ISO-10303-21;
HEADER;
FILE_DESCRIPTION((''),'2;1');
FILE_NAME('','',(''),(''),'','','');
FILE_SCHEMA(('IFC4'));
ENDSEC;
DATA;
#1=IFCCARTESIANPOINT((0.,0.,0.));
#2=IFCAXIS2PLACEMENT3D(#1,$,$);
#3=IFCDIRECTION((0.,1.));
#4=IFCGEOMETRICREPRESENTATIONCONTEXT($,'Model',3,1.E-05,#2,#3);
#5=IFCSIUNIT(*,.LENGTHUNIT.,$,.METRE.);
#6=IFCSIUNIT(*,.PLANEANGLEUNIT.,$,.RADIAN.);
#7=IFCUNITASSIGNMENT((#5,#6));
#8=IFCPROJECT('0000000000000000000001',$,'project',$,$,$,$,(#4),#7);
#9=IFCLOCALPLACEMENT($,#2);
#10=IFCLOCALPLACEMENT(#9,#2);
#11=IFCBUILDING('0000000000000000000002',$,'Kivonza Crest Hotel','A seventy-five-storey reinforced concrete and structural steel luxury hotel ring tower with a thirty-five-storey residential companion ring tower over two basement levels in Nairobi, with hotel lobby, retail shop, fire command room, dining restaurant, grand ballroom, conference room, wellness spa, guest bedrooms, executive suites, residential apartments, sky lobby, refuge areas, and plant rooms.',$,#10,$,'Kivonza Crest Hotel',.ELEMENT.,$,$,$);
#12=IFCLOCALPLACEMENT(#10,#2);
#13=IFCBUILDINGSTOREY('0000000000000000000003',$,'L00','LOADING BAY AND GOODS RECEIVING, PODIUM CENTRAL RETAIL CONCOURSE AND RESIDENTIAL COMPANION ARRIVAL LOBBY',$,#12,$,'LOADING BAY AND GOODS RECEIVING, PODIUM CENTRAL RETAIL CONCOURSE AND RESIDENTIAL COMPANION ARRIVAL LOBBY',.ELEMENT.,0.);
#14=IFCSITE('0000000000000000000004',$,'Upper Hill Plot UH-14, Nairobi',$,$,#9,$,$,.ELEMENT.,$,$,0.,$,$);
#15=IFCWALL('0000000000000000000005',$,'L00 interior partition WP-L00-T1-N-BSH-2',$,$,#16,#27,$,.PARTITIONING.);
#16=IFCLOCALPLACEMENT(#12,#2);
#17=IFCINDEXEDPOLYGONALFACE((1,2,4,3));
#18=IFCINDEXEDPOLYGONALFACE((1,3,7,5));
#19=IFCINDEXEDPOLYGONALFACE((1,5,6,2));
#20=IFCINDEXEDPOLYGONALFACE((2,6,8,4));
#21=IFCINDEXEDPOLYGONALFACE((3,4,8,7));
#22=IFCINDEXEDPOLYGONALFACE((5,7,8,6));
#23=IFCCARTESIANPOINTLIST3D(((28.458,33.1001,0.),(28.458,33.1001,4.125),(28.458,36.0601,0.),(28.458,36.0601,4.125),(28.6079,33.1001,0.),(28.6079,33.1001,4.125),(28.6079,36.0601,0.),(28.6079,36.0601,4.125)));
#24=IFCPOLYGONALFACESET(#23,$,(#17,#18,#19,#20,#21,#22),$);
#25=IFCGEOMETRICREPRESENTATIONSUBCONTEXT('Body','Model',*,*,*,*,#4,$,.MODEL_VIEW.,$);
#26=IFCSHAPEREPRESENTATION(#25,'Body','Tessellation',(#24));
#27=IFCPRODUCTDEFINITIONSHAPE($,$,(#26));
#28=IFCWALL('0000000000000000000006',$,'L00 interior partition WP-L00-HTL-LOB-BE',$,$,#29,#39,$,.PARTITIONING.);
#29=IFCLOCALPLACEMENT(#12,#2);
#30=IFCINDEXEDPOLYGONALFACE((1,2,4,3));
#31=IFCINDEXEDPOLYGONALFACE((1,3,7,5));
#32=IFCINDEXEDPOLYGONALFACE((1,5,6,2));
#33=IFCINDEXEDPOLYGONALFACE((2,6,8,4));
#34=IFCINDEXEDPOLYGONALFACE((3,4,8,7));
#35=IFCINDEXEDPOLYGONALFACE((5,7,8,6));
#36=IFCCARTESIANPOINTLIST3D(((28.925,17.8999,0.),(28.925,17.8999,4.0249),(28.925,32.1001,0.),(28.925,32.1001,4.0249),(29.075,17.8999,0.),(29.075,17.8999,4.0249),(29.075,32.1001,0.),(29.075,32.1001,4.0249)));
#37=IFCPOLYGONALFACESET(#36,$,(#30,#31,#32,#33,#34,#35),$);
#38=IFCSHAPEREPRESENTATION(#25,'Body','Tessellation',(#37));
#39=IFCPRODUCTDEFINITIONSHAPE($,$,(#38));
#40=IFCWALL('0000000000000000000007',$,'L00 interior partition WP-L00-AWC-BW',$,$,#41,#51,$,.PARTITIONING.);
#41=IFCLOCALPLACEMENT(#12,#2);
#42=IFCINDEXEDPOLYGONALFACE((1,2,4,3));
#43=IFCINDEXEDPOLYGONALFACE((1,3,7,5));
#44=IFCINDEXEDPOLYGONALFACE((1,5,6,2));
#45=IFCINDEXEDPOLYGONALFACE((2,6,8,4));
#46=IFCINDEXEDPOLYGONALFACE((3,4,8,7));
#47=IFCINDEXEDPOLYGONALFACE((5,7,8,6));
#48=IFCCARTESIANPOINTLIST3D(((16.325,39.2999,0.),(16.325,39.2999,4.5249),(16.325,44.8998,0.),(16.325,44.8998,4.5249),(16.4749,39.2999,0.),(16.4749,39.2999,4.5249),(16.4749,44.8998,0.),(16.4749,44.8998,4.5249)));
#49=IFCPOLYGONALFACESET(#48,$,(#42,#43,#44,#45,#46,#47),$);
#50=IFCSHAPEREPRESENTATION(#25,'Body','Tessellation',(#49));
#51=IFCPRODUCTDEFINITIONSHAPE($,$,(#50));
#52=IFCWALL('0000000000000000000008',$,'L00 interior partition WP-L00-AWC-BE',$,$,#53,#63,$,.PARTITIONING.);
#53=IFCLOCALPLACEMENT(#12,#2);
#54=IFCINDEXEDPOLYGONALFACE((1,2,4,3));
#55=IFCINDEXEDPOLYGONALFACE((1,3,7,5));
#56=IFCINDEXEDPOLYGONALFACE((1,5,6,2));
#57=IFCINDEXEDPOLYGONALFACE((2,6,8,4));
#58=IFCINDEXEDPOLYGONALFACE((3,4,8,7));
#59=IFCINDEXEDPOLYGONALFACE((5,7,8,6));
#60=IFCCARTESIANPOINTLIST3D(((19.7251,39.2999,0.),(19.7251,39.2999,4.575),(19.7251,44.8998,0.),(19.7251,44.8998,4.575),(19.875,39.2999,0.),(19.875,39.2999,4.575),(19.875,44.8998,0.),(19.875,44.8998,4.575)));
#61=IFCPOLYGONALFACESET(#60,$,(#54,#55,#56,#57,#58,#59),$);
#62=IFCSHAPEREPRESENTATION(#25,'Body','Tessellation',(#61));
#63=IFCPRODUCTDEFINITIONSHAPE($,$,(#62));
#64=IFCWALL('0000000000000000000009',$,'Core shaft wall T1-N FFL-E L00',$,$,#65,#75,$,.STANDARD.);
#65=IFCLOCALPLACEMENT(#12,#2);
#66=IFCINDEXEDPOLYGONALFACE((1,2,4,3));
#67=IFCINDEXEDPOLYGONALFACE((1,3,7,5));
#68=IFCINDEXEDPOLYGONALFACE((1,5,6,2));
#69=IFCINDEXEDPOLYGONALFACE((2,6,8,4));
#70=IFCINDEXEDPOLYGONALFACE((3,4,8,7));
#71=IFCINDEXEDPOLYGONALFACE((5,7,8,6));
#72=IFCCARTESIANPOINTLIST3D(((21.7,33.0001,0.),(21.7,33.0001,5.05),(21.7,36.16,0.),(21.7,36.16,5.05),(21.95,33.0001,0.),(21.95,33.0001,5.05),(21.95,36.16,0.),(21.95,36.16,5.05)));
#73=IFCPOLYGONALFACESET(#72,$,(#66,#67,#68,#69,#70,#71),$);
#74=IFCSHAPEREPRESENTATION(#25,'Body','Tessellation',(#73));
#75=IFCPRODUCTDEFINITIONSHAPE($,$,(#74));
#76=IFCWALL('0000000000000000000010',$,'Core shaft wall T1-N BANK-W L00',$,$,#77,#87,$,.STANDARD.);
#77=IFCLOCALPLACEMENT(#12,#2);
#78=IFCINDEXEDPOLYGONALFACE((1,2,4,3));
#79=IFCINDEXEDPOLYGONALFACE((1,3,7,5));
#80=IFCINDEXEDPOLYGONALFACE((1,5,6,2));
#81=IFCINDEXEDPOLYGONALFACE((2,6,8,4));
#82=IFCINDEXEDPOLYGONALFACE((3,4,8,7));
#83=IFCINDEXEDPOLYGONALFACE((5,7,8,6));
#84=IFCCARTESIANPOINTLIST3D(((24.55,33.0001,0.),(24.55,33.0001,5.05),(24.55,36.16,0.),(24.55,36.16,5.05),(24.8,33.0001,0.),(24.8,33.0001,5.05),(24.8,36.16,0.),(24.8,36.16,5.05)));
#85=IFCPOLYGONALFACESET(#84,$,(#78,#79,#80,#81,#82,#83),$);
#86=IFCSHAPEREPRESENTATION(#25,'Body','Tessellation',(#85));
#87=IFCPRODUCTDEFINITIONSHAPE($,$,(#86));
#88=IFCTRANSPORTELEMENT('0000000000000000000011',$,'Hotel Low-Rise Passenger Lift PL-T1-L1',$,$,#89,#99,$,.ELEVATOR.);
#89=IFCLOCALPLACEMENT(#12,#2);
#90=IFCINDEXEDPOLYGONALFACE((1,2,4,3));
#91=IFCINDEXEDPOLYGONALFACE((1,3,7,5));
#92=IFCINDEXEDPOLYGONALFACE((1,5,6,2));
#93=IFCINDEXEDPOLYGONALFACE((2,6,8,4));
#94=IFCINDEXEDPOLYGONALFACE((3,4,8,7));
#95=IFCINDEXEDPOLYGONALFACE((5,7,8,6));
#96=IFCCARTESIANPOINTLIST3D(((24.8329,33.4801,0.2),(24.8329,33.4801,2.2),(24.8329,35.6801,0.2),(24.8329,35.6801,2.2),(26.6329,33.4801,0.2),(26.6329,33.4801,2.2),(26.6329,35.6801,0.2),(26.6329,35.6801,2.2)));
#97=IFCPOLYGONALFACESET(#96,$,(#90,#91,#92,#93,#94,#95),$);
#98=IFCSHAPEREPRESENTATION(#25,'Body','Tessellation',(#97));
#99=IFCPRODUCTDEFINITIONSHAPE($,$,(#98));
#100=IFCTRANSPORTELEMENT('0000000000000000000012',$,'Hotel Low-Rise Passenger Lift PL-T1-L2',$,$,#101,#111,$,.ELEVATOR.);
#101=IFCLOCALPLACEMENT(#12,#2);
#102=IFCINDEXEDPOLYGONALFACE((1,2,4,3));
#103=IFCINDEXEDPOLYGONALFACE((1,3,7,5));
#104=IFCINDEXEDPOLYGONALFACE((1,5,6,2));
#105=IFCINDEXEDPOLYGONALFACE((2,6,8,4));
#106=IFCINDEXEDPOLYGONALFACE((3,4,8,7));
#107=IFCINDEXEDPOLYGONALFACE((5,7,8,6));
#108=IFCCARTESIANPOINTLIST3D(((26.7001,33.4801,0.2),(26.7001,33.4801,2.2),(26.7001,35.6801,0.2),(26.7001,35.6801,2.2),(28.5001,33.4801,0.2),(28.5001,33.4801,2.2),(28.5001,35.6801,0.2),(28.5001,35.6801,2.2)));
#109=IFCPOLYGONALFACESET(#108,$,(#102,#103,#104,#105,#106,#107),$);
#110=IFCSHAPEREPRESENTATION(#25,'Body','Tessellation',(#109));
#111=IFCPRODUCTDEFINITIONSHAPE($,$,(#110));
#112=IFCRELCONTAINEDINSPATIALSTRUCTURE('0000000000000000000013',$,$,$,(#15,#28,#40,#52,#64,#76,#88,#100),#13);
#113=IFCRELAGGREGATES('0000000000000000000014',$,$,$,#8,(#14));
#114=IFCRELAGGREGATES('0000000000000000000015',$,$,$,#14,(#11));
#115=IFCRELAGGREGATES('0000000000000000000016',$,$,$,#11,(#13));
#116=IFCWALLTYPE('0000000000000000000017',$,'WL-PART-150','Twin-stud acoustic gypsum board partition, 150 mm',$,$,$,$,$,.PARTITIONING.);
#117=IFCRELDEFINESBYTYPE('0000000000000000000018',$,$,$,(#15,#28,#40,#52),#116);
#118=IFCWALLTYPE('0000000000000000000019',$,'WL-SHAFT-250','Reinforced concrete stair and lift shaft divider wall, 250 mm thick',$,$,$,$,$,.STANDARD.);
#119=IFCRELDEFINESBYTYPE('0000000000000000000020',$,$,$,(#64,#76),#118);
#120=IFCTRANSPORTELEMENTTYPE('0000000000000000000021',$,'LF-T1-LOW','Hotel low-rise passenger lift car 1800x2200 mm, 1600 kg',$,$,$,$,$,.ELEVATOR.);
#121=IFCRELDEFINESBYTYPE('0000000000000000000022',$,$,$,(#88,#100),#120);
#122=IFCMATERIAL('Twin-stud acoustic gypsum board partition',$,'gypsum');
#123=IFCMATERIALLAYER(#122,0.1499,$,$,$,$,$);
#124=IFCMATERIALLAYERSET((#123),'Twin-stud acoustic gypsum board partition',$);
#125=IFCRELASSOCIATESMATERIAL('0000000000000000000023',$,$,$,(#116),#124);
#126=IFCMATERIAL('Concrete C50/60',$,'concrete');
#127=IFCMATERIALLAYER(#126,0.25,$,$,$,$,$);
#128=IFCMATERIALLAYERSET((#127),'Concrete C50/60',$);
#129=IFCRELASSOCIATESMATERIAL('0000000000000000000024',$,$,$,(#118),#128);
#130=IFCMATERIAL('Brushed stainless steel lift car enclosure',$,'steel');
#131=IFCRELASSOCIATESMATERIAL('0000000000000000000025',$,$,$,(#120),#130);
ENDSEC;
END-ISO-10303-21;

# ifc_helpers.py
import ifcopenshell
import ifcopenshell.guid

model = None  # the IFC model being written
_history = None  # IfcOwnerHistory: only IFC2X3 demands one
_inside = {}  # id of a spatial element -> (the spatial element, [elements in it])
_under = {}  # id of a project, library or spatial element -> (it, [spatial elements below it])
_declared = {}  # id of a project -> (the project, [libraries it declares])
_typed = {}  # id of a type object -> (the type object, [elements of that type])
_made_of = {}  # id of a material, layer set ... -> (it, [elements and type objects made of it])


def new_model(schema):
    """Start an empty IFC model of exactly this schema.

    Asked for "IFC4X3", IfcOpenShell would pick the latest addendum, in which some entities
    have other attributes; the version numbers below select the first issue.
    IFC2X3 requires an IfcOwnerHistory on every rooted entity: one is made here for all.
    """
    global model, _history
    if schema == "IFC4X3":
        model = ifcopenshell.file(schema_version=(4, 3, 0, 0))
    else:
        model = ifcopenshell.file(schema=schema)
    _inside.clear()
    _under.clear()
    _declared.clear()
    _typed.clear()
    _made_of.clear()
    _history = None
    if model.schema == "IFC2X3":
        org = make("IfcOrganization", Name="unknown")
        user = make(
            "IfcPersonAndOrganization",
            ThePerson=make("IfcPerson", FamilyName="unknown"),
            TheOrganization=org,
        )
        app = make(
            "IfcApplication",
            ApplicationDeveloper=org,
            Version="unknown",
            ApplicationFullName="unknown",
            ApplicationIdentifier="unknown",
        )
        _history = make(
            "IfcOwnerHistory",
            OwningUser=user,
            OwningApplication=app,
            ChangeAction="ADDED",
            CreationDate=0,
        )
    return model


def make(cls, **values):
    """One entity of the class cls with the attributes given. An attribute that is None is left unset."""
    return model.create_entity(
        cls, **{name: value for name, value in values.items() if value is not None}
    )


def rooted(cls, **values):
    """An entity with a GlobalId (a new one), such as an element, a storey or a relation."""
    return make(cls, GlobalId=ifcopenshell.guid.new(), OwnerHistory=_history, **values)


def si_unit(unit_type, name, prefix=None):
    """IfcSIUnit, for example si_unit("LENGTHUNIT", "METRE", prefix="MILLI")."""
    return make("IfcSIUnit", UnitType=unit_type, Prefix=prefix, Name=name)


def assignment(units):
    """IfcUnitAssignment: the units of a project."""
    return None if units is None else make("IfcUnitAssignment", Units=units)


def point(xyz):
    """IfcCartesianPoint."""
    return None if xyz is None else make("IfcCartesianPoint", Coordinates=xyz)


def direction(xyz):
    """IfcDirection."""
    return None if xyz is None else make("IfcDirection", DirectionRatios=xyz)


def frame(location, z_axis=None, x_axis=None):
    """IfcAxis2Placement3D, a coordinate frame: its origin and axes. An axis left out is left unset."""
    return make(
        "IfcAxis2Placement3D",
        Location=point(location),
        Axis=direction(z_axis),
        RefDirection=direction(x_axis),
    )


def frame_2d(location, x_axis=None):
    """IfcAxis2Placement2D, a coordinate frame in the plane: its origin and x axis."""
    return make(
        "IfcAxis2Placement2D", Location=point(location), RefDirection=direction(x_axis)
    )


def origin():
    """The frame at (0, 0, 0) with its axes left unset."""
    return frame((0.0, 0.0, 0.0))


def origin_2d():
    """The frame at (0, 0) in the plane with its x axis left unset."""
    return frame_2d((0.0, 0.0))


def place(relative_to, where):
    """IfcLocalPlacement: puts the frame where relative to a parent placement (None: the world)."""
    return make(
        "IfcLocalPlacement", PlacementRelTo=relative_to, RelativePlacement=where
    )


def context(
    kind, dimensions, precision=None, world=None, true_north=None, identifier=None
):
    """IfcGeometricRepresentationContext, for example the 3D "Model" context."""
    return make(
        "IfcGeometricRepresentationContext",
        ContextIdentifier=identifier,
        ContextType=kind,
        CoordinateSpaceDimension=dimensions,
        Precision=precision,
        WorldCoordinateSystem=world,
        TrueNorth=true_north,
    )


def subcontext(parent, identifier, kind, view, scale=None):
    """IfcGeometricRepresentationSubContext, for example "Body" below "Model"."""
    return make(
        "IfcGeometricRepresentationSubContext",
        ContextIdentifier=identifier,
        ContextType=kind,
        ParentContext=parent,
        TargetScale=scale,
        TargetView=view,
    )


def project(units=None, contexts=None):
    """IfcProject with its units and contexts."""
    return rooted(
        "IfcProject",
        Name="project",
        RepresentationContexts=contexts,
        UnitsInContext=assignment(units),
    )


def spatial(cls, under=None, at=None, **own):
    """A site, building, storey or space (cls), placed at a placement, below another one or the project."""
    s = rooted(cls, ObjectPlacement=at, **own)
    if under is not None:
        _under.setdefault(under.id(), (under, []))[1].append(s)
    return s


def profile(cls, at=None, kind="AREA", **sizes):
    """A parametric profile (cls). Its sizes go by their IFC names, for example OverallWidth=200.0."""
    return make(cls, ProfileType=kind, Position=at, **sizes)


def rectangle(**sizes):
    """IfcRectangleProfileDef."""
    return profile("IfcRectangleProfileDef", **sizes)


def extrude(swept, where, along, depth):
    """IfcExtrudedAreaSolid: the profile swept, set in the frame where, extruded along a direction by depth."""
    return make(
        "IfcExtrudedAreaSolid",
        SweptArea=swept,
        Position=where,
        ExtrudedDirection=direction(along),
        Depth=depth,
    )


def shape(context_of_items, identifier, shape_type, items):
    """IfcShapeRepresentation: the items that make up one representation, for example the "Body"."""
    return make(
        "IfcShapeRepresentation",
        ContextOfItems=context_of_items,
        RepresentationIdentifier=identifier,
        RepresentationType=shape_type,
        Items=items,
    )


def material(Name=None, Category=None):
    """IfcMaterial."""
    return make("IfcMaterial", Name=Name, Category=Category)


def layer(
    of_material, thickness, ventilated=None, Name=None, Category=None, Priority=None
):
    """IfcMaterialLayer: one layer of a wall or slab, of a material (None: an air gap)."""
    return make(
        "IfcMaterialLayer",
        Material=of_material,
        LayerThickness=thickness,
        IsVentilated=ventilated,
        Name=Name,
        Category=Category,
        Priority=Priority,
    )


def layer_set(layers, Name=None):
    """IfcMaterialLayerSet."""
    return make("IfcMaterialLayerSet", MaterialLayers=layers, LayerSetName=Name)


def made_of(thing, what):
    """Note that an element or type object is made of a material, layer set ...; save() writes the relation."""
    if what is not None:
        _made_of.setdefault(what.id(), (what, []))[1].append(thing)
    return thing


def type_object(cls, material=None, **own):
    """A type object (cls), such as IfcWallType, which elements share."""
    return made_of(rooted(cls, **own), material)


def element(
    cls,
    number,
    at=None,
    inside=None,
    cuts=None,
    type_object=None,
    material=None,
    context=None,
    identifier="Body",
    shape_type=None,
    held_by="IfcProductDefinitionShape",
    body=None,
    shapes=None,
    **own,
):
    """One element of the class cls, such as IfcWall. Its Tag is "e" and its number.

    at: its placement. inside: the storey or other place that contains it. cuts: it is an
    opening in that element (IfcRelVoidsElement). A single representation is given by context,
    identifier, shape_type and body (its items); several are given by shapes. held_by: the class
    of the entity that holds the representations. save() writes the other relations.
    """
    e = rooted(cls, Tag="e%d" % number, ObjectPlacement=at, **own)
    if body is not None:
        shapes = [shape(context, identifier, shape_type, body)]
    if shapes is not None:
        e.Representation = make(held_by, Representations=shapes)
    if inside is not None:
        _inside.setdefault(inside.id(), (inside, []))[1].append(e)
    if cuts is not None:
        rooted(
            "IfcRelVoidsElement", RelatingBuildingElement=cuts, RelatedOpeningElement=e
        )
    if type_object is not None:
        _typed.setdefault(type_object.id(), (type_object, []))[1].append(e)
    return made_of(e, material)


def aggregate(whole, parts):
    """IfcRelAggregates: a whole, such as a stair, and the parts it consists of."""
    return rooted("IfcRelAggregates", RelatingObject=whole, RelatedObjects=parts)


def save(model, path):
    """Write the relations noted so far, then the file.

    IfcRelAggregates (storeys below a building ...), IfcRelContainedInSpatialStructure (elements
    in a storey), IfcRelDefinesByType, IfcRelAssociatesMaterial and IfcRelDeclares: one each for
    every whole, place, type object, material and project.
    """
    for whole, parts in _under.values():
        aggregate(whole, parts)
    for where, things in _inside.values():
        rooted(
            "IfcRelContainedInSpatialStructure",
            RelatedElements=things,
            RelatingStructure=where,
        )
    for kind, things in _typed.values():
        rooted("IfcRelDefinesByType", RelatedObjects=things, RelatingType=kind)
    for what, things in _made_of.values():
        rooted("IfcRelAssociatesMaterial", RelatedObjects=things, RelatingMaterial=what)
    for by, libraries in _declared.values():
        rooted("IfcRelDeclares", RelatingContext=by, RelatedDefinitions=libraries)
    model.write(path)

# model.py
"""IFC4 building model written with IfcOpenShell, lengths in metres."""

from ifc_helpers import new_model, si_unit, direction, frame, frame_2d, origin, origin_2d, place, context, subcontext, project, spatial, rectangle, extrude, material, layer, layer_set, type_object, element, save


model = new_model("IFC4")

# Units and contexts
model_context = context("Model", 3, precision=1e-05, world=origin(), true_north=direction((0.0, 1.0)))
body_context = subcontext(model_context, "Body", "Model", "MODEL_VIEW")
ifc_project = project(units=[si_unit("LENGTHUNIT", "METRE"), si_unit("PLANEANGLEUNIT", "RADIAN")], contexts=[model_context])

# Site, building, storey
site_placement = place(None, origin())
site = spatial("IfcSite", under=ifc_project, at=site_placement, Name="Upper Hill Plot UH-14, Nairobi", CompositionType="ELEMENT", RefElevation=0.0)
building_placement = place(site_placement, origin())
building = spatial("IfcBuilding", under=site, at=building_placement, Name="Kivonza Crest Hotel", Description="A seventy-five-storey reinforced concrete and structural steel luxury hotel ring tower with a thirty-five-storey residential companion ring tower over two basement levels in Nairobi, with hotel lobby, retail shop, fire command room, dining restaurant, grand ballroom, conference room, wellness spa, guest bedrooms, executive suites, residential apartments, sky lobby, refuge areas, and plant rooms.", LongName="Kivonza Crest Hotel", CompositionType="ELEMENT")
storey_placement = place(building_placement, origin())
storey = spatial("IfcBuildingStorey", under=building, at=storey_placement, Name="L00", Description="LOADING BAY AND GOODS RECEIVING, PODIUM CENTRAL RETAIL CONCOURSE AND RESIDENTIAL COMPANION ARRIVAL LOBBY", LongName="LOADING BAY AND GOODS RECEIVING, PODIUM CENTRAL RETAIL CONCOURSE AND RESIDENTIAL COMPANION ARRIVAL LOBBY", CompositionType="ELEMENT", Elevation=0.0)

# Walls
ifc_material_1 = material(Name="Twin-stud acoustic gypsum board partition", Category="gypsum")
ifc_layer_1 = layer(ifc_material_1, 0.1499)
ifc_layer_set_1 = layer_set([ifc_layer_1], Name="Twin-stud acoustic gypsum board partition")
wall_type_1 = type_object("IfcWallType", Name="WL-PART-150", Description="Twin-stud acoustic gypsum board partition, 150 mm", PredefinedType="PARTITIONING", material=ifc_layer_set_1)
wall_1_placement = place(storey_placement, frame((28.533, 33.1001, 0.0), z_axis=(0.0, 0.0, 1.0), x_axis=(0.0, 1.0, 0.0)))
element("IfcWall", 1, at=wall_1_placement, inside=storey, type_object=wall_type_1, Name="L00 interior partition WP-L00-T1-N-BSH-2", PredefinedType="PARTITIONING", context=body_context, shape_type="SweptSolid", body=[
    extrude(rectangle(XDim=2.96, YDim=0.1499, at=frame_2d((1.48, 0.0))), origin(), (0.0, 0.0, 1.0), 4.125),
])
wall_2_placement = place(storey_placement, frame((29.0, 17.8999, 0.0), z_axis=(0.0, 0.0, 1.0), x_axis=(0.0, 1.0, 0.0)))
element("IfcWall", 2, at=wall_2_placement, inside=storey, type_object=wall_type_1, Name="L00 interior partition WP-L00-HTL-LOB-BE", PredefinedType="PARTITIONING", context=body_context, shape_type="SweptSolid", body=[
    extrude(rectangle(XDim=14.2002, YDim=0.1499, at=frame_2d((7.1001, 0.0))), origin(), (0.0, 0.0, 1.0), 4.0249),
])
wall_3_placement = place(storey_placement, frame((16.3999, 39.3, 0.0), z_axis=(0.0, 0.0, 1.0), x_axis=(0.0, 1.0, 0.0)))
element("IfcWall", 3, at=wall_3_placement, inside=storey, type_object=wall_type_1, Name="L00 interior partition WP-L00-AWC-BW", PredefinedType="PARTITIONING", context=body_context, shape_type="SweptSolid", body=[
    extrude(rectangle(XDim=5.5999, YDim=0.1499, at=frame_2d((2.7998, 0.0))), origin(), (0.0, 0.0, 1.0), 4.5249),
])
wall_4_placement = place(storey_placement, frame((19.8, 39.3, 0.0), z_axis=(0.0, 0.0, 1.0), x_axis=(0.0, 1.0, 0.0)))
element("IfcWall", 4, at=wall_4_placement, inside=storey, type_object=wall_type_1, Name="L00 interior partition WP-L00-AWC-BE", PredefinedType="PARTITIONING", context=body_context, shape_type="SweptSolid", body=[
    extrude(rectangle(XDim=5.5999, YDim=0.1499, at=frame_2d((2.7998, 0.0))), origin(), (0.0, 0.0, 1.0), 4.575),
])

# Shared definitions
ifc_material_2 = material(Name="Concrete C50/60", Category="concrete")
ifc_layer_2 = layer(ifc_material_2, 0.25)
ifc_layer_set_2 = layer_set([ifc_layer_2], Name="Concrete C50/60")
wall_type_2 = type_object("IfcWallType", Name="WL-SHAFT-250", Description="Reinforced concrete stair and lift shaft divider wall, 250 mm thick", PredefinedType="STANDARD", material=ifc_layer_set_2)

# Walls
for number, where, z_axis, x_axis, name in (
    (5, (21.825, 33.0, 0.0), (0.0, 0.0, 1.0), (0.0, 1.0, 0.0), "Core shaft wall T1-N FFL-E L00"),
    (6, (24.675, 33.0, 0.0), (0.0, 0.0, 1.0), (0.0, 1.0, 0.0), "Core shaft wall T1-N BANK-W L00"),
):
    element("IfcWall", number, at=place(storey_placement, frame(where, z_axis=z_axis, x_axis=x_axis)), inside=storey, type_object=wall_type_2, Name=name, PredefinedType="STANDARD", context=body_context, shape_type="SweptSolid", body=[
        extrude(rectangle(XDim=3.1599, YDim=0.25, at=frame_2d((1.5801, 0.0))), origin(), (0.0, 0.0, 1.0), 5.05),
    ])

# Transport elements
ifc_material_3 = material(Name="Brushed stainless steel lift car enclosure", Category="steel")
transport_element_type = type_object("IfcTransportElementType", Name="LF-T1-LOW", Description="Hotel low-rise passenger lift car 1800x2200 mm, 1600 kg", PredefinedType="ELEVATOR", material=ifc_material_3)
for number, where, z_axis, x_axis, name in (
    (7, (25.7329, 34.5801, 0.2), (0.0, 0.0, 1.0), (1.0, 0.0, 0.0), "Hotel Low-Rise Passenger Lift PL-T1-L1"),
    (8, (27.6001, 34.5801, 0.2), (0.0, 0.0, 1.0), (1.0, 0.0, 0.0), "Hotel Low-Rise Passenger Lift PL-T1-L2"),
):
    element("IfcTransportElement", number, at=place(storey_placement, frame(where, z_axis=z_axis, x_axis=x_axis)), inside=storey, type_object=transport_element_type, Name=name, PredefinedType="ELEVATOR", context=body_context, shape_type="SweptSolid", body=[
        extrude(rectangle(XDim=1.8, YDim=2.2, at=origin_2d()), origin(), (0.0, 0.0, 1.0), 2.0),
    ])

save(model, "model.ifc")
